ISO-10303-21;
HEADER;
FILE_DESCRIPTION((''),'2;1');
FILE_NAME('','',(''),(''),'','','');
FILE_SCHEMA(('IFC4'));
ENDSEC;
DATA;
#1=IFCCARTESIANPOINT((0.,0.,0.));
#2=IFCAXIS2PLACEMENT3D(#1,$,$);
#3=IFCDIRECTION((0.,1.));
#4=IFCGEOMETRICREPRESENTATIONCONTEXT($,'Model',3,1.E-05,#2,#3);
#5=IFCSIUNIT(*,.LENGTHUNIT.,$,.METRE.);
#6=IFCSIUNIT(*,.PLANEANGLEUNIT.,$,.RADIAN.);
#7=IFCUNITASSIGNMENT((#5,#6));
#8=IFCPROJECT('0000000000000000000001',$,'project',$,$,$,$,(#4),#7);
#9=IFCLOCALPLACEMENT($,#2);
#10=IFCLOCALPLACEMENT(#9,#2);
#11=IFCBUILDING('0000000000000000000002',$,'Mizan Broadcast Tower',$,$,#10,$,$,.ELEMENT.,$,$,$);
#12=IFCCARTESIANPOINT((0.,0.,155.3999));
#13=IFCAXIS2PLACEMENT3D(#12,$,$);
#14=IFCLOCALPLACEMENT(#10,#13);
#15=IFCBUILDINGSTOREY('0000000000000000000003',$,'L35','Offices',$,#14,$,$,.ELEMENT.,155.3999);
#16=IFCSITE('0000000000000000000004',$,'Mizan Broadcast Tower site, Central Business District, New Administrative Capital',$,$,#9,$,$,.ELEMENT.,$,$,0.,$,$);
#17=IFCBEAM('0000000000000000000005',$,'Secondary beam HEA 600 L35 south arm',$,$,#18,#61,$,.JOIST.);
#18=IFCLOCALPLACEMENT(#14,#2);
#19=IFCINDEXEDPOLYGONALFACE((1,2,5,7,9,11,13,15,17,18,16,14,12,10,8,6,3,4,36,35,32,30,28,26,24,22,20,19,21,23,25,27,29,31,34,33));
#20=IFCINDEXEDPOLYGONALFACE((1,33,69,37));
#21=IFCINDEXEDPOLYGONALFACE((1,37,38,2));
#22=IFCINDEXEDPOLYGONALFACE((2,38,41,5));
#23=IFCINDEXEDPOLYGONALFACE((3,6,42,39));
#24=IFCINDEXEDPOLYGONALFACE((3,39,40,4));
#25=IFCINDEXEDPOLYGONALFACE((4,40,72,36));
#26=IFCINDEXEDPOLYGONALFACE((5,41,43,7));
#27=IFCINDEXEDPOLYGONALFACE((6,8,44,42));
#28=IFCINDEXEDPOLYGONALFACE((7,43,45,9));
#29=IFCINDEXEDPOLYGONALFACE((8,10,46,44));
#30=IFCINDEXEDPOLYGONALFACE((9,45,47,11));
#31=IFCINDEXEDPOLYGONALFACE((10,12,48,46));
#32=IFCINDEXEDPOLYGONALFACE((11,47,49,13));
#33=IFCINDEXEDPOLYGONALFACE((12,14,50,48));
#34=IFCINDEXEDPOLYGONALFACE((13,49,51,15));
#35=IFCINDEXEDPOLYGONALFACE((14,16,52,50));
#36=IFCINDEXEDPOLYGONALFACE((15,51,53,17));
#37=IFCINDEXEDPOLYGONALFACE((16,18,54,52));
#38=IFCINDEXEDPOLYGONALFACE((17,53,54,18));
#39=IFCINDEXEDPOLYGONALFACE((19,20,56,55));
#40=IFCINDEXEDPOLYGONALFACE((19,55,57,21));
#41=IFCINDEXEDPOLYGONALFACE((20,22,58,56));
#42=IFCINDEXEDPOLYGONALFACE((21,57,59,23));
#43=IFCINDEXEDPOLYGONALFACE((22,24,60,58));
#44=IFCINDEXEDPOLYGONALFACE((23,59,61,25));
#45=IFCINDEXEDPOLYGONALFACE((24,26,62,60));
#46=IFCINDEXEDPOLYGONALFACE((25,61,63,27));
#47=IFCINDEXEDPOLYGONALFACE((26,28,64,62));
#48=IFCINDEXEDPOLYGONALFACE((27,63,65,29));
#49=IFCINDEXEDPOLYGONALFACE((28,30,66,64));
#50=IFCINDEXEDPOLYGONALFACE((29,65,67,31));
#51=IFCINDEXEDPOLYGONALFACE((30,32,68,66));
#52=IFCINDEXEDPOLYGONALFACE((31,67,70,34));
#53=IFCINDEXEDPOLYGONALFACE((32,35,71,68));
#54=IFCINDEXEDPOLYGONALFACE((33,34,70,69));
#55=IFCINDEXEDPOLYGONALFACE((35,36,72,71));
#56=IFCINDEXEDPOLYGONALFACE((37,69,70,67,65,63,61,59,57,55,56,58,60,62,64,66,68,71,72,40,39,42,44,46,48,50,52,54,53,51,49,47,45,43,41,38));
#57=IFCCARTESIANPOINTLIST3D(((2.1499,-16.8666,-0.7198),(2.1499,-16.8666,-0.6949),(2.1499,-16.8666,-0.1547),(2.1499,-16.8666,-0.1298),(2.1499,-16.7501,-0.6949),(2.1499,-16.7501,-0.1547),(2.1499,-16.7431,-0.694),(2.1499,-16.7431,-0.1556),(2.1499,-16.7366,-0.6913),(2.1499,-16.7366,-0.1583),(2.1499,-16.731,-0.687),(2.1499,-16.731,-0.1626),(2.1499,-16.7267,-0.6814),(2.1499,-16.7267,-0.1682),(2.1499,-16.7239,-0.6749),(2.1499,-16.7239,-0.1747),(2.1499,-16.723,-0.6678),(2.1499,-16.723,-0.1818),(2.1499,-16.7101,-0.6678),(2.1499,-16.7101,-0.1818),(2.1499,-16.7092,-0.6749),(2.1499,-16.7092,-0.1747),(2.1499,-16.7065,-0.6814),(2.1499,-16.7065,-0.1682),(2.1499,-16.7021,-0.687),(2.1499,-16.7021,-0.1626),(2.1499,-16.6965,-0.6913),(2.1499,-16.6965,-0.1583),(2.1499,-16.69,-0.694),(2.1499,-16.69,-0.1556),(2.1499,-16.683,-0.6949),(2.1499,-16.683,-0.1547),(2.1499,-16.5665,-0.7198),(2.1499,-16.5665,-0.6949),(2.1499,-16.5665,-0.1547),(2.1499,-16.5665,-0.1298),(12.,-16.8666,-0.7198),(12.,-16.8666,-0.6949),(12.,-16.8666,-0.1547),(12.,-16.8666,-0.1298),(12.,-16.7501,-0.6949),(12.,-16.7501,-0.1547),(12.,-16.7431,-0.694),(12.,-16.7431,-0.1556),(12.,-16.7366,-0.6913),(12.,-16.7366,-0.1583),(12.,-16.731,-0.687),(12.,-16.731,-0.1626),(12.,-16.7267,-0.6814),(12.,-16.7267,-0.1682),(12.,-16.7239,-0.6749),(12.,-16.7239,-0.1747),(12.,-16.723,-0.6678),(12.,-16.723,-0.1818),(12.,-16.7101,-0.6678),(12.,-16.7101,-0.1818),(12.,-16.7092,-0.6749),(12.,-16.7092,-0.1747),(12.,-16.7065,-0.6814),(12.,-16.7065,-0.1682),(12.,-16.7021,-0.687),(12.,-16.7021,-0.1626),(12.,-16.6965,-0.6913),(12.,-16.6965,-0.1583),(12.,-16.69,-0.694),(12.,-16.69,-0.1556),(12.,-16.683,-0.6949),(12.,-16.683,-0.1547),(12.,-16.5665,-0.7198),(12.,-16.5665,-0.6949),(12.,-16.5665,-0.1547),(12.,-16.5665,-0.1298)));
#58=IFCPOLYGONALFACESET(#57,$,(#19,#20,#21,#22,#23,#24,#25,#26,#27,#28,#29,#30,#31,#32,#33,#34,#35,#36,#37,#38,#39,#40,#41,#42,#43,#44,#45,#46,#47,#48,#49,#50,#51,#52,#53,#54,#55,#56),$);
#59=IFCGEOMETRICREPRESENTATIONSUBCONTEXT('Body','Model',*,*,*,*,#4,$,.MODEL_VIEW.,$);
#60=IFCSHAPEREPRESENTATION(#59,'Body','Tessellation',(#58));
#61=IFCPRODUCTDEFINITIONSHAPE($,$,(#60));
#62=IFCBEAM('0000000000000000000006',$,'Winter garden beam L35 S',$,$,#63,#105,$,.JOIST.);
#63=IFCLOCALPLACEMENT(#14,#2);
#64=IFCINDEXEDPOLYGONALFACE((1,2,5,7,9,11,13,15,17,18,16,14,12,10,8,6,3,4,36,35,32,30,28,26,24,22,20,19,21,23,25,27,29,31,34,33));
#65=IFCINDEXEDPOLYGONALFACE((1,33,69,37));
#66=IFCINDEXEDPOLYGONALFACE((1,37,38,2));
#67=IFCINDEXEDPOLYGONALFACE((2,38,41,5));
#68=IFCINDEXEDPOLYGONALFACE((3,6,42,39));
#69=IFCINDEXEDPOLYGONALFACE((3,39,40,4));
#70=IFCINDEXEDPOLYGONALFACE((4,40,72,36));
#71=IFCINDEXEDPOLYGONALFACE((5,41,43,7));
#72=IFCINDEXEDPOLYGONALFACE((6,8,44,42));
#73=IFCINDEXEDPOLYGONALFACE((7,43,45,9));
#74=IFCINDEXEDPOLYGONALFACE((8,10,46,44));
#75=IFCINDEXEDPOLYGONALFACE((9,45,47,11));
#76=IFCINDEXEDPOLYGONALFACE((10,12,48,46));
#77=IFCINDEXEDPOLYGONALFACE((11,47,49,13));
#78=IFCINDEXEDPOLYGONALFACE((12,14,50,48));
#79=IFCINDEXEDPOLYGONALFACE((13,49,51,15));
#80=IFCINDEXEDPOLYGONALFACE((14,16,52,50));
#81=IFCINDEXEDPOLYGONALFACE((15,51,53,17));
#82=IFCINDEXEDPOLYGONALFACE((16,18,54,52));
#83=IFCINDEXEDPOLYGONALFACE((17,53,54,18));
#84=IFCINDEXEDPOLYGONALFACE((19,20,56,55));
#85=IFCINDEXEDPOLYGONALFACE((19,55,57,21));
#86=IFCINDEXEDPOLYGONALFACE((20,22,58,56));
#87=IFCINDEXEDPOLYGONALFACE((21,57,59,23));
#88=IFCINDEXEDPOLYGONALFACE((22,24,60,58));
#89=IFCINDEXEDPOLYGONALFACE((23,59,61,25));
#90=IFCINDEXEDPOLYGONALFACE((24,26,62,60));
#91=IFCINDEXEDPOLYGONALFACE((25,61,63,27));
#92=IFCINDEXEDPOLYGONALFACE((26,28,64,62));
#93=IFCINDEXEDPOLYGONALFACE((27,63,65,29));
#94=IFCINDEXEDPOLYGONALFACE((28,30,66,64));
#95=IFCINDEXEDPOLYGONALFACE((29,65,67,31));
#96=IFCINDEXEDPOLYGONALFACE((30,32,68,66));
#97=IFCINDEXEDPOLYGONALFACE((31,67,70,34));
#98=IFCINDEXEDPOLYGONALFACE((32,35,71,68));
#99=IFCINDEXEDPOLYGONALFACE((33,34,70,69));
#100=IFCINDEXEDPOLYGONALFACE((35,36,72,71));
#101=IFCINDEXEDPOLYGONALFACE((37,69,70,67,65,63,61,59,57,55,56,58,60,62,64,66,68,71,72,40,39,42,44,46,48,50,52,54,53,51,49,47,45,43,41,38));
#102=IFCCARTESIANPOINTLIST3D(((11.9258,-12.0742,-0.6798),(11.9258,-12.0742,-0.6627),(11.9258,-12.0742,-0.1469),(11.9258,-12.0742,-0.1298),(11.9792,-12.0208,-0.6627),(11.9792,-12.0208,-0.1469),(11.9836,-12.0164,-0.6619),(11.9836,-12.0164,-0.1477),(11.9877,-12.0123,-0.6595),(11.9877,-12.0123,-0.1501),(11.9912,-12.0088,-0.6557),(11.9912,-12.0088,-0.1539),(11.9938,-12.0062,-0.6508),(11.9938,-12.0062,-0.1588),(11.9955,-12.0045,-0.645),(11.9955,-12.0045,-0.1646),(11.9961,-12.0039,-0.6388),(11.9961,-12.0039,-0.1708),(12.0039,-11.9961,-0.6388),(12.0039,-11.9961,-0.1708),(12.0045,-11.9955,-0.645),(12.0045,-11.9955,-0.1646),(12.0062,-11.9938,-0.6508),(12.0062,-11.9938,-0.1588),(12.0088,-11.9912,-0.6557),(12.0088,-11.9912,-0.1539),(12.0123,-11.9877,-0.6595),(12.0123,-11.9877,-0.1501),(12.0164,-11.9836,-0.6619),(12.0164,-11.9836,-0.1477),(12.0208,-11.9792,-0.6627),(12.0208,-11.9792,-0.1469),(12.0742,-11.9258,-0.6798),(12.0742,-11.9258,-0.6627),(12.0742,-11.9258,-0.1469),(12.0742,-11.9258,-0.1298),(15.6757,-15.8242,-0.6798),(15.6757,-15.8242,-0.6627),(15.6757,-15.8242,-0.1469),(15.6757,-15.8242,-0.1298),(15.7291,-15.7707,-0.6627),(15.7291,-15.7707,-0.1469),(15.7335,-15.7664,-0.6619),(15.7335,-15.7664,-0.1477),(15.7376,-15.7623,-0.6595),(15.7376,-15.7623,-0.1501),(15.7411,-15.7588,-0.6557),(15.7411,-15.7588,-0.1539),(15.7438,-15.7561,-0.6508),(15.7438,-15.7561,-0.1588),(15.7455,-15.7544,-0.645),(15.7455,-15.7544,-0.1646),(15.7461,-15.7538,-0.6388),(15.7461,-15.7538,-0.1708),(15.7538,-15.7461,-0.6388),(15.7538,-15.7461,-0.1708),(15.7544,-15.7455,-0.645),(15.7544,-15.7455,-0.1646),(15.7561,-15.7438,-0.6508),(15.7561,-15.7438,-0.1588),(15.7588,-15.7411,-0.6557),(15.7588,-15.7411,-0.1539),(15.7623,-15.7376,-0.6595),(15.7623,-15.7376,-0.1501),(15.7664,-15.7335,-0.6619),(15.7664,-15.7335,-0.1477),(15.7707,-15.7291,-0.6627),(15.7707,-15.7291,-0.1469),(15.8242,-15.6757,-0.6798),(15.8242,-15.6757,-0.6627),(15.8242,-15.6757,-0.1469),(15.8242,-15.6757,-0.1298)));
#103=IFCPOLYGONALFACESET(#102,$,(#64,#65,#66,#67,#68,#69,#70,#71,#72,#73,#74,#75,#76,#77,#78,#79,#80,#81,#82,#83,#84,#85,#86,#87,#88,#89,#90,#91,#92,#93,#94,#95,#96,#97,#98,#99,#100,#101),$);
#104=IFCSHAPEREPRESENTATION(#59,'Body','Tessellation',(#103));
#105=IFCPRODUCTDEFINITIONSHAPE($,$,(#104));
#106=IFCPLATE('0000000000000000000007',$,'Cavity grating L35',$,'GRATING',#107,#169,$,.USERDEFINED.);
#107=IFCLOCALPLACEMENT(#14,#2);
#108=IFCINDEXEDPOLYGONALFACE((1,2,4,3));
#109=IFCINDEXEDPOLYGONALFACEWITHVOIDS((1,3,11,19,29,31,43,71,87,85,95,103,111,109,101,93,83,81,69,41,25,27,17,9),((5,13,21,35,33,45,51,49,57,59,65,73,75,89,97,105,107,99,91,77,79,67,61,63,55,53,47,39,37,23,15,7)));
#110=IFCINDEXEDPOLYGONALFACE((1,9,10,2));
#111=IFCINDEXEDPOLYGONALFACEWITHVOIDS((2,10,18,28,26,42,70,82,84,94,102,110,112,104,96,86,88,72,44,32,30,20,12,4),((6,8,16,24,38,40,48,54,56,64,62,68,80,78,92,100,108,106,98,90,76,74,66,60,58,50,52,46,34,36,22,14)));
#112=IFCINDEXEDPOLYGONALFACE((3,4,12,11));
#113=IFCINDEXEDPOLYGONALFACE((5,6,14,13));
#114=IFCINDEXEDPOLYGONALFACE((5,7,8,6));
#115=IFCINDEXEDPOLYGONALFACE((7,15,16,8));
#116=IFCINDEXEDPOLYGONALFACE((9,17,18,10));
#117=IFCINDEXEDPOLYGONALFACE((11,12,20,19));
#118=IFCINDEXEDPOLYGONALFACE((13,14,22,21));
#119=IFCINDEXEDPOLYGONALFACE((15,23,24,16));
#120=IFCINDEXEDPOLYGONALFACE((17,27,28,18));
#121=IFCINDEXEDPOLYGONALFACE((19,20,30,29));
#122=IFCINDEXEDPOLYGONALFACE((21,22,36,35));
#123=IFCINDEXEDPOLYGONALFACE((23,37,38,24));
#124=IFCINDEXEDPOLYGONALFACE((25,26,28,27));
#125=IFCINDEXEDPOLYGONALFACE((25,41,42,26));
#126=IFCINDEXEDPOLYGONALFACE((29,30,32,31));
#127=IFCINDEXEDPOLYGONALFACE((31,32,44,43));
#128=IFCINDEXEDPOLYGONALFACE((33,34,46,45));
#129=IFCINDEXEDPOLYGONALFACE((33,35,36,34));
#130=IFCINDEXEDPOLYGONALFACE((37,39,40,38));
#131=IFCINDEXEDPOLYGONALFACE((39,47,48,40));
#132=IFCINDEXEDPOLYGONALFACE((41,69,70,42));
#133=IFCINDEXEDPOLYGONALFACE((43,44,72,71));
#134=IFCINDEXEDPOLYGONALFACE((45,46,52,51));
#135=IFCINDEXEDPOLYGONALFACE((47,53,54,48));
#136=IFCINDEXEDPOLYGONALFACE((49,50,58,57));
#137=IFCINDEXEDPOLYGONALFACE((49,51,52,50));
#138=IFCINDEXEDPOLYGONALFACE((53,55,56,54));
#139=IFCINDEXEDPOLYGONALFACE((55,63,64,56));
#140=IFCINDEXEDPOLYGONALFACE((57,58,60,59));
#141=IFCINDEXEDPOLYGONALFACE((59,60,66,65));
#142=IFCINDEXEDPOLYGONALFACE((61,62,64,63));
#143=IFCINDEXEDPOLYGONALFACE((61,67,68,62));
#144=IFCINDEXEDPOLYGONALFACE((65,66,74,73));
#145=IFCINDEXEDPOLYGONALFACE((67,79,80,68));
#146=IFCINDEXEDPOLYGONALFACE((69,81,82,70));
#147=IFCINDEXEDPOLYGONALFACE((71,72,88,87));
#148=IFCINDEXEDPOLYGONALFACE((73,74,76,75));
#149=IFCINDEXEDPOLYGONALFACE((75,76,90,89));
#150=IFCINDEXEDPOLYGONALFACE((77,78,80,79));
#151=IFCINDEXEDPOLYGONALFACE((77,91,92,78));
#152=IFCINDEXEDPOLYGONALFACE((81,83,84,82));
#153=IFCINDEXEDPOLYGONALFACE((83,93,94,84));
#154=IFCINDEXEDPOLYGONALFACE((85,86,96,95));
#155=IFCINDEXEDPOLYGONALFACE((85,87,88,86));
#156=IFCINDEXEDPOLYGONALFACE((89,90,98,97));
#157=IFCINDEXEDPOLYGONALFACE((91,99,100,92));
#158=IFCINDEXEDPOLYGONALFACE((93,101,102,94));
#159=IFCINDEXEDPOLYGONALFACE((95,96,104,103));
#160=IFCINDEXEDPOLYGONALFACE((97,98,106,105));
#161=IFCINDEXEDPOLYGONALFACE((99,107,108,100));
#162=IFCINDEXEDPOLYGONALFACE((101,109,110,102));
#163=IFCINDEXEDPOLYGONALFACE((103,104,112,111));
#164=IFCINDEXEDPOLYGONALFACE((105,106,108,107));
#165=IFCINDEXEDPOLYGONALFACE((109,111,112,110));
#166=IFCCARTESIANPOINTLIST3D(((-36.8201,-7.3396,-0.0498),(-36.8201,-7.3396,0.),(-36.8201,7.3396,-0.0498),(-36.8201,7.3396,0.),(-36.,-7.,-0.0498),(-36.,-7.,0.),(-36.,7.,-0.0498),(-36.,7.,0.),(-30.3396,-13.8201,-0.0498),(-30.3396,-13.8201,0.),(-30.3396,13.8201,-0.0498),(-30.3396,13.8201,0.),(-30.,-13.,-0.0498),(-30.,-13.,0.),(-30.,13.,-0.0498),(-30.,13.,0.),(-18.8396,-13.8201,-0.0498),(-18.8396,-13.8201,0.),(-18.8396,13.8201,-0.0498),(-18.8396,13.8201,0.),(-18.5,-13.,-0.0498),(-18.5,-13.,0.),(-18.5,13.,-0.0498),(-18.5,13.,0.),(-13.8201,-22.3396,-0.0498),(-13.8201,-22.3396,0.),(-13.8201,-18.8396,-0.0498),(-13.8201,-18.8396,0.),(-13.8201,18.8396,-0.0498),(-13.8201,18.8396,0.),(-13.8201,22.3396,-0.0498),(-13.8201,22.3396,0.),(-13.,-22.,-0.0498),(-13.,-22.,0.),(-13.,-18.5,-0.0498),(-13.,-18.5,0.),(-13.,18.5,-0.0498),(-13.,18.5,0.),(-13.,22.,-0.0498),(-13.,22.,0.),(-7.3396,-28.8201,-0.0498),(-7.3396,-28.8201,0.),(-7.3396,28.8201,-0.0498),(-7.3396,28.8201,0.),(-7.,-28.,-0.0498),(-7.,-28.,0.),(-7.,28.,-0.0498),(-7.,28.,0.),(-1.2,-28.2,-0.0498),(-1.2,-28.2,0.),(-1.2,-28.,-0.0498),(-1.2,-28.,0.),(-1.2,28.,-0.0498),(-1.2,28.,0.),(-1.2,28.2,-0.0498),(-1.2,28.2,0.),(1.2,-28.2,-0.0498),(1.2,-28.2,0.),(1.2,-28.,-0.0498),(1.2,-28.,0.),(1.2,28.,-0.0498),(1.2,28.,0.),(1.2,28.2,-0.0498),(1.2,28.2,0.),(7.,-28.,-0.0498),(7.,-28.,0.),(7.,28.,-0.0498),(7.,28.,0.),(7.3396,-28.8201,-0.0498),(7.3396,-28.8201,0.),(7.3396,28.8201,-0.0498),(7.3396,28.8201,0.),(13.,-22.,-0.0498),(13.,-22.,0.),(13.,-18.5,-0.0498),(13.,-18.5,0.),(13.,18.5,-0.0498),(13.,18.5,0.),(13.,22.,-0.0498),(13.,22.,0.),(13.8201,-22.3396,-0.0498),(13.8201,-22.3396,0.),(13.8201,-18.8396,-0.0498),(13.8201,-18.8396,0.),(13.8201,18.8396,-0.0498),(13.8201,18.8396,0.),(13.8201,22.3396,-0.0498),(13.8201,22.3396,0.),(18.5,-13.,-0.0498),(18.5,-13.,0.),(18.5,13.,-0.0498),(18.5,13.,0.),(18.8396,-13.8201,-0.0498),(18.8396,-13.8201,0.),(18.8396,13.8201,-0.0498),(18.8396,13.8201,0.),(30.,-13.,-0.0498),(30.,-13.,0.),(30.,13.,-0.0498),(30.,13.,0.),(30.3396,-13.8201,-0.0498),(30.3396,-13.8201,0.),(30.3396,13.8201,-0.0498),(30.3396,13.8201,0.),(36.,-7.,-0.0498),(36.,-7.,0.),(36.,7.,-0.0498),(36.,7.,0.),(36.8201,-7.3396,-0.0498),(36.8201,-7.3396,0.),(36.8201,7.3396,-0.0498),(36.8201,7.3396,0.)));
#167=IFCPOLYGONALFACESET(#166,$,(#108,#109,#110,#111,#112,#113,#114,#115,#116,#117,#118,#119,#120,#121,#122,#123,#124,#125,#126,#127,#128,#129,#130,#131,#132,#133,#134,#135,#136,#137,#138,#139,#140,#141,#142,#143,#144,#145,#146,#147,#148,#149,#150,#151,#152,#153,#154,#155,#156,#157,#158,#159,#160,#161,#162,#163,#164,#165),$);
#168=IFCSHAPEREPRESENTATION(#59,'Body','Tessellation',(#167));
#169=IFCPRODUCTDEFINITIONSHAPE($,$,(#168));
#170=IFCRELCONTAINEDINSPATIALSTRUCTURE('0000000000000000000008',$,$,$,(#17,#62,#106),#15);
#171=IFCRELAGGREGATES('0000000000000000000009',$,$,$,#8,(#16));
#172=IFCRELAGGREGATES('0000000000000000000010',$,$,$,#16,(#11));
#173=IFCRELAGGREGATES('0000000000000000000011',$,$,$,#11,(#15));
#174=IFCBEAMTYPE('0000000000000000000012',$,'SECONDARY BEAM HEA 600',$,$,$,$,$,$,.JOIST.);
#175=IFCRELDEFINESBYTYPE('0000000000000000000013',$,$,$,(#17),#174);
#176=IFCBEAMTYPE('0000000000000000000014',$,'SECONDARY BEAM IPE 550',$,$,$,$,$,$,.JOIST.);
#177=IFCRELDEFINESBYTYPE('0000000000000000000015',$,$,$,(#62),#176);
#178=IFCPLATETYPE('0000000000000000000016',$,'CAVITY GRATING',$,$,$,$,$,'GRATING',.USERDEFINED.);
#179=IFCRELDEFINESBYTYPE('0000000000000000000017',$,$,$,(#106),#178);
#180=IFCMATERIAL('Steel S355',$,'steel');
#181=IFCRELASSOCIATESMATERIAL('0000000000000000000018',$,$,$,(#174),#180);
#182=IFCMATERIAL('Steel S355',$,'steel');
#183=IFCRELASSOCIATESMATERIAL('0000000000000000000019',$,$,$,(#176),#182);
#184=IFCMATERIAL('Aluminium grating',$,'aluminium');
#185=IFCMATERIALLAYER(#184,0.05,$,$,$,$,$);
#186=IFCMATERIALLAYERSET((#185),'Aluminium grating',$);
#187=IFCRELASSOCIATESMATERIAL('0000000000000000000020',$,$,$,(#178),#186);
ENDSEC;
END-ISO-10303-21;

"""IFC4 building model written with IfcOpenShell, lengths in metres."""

from ifc_helpers import new_model, si_unit, direction, frame, origin, origin_2d, place, context, subcontext, project, spatial, polyline, i_section, outline, extrude, material, layer, layer_set, material_profile, profile_set, type_object, element, save


model = new_model("IFC4")

# Units and contexts
model_context = context("Model", 3, precision=1e-05, world=origin(), true_north=direction((0.0, 1.0)))
body_context = subcontext(model_context, "Body", "Model", "MODEL_VIEW")
ifc_project = project(units=[si_unit("LENGTHUNIT", "METRE"), si_unit("PLANEANGLEUNIT", "RADIAN")], contexts=[model_context])

# Site, building, storey
site_placement = place(None, origin())
site = spatial("IfcSite", under=ifc_project, at=site_placement, Name="Mizan Broadcast Tower site, Central Business District, New Administrative Capital", CompositionType="ELEMENT", RefElevation=0.0)
building_placement = place(site_placement, origin())
building = spatial("IfcBuilding", under=site, at=building_placement, Name="Mizan Broadcast Tower", CompositionType="ELEMENT")
storey_placement = place(building_placement, frame((0.0, 0.0, 155.3999)))
storey = spatial("IfcBuildingStorey", under=building, at=storey_placement, Name="L35", Description="Offices", CompositionType="ELEMENT", Elevation=155.3999)

# Beams
ifc_material_1 = material(Name="Steel S355", Category="steel")
ifc_material_profile_1 = material_profile(ifc_material_1, i_section(OverallWidth=0.3, OverallDepth=0.5901, WebThickness=0.0129, FlangeThickness=0.0249, FilletRadius=0.0271, at=origin_2d()), Name="HEA 600")
ifc_profile_set_1 = profile_set([ifc_material_profile_1], Name="Steel S355")
beam_type_1 = type_object("IfcBeamType", Name="SECONDARY BEAM HEA 600", PredefinedType="JOIST", material=ifc_profile_set_1)
for number, where, z_axis, x_axis, name in (
    (1, (12.0, -16.7166, -0.4248), (-1.0, 0.0, 0.0), (0.0, -1.0, 0.0), "Secondary beam HEA 600 L35 south arm"),
):
    element("IfcBeam", number, at=place(storey_placement, frame(where, z_axis=z_axis, x_axis=x_axis)), inside=storey, type_object=beam_type_1, Name=name, PredefinedType="JOIST", context=body_context, shape_type="SweptSolid", body=[
        extrude(i_section(OverallWidth=0.3, OverallDepth=0.5901, WebThickness=0.0129, FlangeThickness=0.0249, FilletRadius=0.0271, at=origin_2d()), origin(), (0.0, 0.0, 1.0), 9.8501),
    ])
ifc_material_2 = material(Name="Steel S355", Category="steel")
ifc_material_profile_2 = material_profile(ifc_material_2, i_section(OverallWidth=0.21, OverallDepth=0.55, WebThickness=0.011, FlangeThickness=0.0171, FilletRadius=0.0239, at=origin_2d()), Name="IPE 550")
ifc_profile_set_2 = profile_set([ifc_material_profile_2], Name="Steel S355")
beam_type_2 = type_object("IfcBeamType", Name="SECONDARY BEAM IPE 550", PredefinedType="JOIST", material=ifc_profile_set_2)
beam_1_placement = place(storey_placement, frame((12.0, -12.0, -0.4048), z_axis=(0.707107, -0.707107, 0.0), x_axis=(0.707107, 0.707107, 0.0)))
element("IfcBeam", 2, at=beam_1_placement, inside=storey, type_object=beam_type_2, Name="Winter garden beam L35 S", PredefinedType="JOIST", context=body_context, shape_type="SweptSolid", body=[
    extrude(i_section(OverallWidth=0.21, OverallDepth=0.55, WebThickness=0.011, FlangeThickness=0.0171, FilletRadius=0.0239, at=origin_2d()), origin(), (0.0, 0.0, 1.0), 5.3032),
])

# Plate
ifc_material_3 = material(Name="Aluminium grating", Category="aluminium")
ifc_layer_1 = layer(ifc_material_3, 0.05)
ifc_layer_set_1 = layer_set([ifc_layer_1], Name="Aluminium grating")
plate_type = type_object("IfcPlateType", Name="CAVITY GRATING", ElementType="GRATING", PredefinedType="USERDEFINED", material=ifc_layer_set_1)
plate_placement = place(storey_placement, frame((0.0, 0.0, -0.0498)))
element("IfcPlate", 3, at=plate_placement, inside=storey, type_object=plate_type, Name="Cavity grating L35", ObjectType="GRATING", PredefinedType="USERDEFINED", context=body_context, shape_type="SweptSolid", body=[
    extrude(outline(polyline([(13.8201, -18.8396), (18.8396, -13.8201), (30.3396, -13.8201), (36.8201, -7.3396), (36.8201, 7.3396), (30.3396, 13.8201), (18.8396, 13.8201), (13.8201, 18.8396), (13.8201, 22.3396), (7.3396, 28.8201), (-7.3396, 28.8201), (-13.8201, 22.3396), (-13.8201, 18.8396), (-18.8396, 13.8201), (-30.3396, 13.8201), (-36.8201, 7.3396), (-36.8201, -7.3396), (-30.3396, -13.8201), (-18.8396, -13.8201), (-13.8201, -18.8396), (-13.8201, -22.3396), (-7.3396, -28.8201), (7.3396, -28.8201), (13.8201, -22.3396), (13.8201, -18.8396)]), holes=[polyline([(36.0, 7.0), (36.0, -7.0), (30.0, -13.0), (18.5, -13.0), (13.0, -18.5), (13.0, -22.0), (7.0, -28.0), (1.2, -28.0), (1.2, -28.2), (-1.2, -28.2), (-1.2, -28.0), (-7.0, -28.0), (-13.0, -22.0), (-13.0, -18.5), (-18.5, -13.0), (-30.0, -13.0), (-36.0, -7.0), (-36.0, 7.0), (-30.0, 13.0), (-18.5, 13.0), (-13.0, 18.5), (-13.0, 22.0), (-7.0, 28.0), (-1.2, 28.0), (-1.2, 28.2), (1.2, 28.2), (1.2, 28.0), (7.0, 28.0), (13.0, 22.0), (13.0, 18.5), (18.5, 13.0), (30.0, 13.0), (36.0, 7.0)])]), origin(), (0.0, 0.0, 1.0), 0.0498),
])

save(model, "model.ifc")
